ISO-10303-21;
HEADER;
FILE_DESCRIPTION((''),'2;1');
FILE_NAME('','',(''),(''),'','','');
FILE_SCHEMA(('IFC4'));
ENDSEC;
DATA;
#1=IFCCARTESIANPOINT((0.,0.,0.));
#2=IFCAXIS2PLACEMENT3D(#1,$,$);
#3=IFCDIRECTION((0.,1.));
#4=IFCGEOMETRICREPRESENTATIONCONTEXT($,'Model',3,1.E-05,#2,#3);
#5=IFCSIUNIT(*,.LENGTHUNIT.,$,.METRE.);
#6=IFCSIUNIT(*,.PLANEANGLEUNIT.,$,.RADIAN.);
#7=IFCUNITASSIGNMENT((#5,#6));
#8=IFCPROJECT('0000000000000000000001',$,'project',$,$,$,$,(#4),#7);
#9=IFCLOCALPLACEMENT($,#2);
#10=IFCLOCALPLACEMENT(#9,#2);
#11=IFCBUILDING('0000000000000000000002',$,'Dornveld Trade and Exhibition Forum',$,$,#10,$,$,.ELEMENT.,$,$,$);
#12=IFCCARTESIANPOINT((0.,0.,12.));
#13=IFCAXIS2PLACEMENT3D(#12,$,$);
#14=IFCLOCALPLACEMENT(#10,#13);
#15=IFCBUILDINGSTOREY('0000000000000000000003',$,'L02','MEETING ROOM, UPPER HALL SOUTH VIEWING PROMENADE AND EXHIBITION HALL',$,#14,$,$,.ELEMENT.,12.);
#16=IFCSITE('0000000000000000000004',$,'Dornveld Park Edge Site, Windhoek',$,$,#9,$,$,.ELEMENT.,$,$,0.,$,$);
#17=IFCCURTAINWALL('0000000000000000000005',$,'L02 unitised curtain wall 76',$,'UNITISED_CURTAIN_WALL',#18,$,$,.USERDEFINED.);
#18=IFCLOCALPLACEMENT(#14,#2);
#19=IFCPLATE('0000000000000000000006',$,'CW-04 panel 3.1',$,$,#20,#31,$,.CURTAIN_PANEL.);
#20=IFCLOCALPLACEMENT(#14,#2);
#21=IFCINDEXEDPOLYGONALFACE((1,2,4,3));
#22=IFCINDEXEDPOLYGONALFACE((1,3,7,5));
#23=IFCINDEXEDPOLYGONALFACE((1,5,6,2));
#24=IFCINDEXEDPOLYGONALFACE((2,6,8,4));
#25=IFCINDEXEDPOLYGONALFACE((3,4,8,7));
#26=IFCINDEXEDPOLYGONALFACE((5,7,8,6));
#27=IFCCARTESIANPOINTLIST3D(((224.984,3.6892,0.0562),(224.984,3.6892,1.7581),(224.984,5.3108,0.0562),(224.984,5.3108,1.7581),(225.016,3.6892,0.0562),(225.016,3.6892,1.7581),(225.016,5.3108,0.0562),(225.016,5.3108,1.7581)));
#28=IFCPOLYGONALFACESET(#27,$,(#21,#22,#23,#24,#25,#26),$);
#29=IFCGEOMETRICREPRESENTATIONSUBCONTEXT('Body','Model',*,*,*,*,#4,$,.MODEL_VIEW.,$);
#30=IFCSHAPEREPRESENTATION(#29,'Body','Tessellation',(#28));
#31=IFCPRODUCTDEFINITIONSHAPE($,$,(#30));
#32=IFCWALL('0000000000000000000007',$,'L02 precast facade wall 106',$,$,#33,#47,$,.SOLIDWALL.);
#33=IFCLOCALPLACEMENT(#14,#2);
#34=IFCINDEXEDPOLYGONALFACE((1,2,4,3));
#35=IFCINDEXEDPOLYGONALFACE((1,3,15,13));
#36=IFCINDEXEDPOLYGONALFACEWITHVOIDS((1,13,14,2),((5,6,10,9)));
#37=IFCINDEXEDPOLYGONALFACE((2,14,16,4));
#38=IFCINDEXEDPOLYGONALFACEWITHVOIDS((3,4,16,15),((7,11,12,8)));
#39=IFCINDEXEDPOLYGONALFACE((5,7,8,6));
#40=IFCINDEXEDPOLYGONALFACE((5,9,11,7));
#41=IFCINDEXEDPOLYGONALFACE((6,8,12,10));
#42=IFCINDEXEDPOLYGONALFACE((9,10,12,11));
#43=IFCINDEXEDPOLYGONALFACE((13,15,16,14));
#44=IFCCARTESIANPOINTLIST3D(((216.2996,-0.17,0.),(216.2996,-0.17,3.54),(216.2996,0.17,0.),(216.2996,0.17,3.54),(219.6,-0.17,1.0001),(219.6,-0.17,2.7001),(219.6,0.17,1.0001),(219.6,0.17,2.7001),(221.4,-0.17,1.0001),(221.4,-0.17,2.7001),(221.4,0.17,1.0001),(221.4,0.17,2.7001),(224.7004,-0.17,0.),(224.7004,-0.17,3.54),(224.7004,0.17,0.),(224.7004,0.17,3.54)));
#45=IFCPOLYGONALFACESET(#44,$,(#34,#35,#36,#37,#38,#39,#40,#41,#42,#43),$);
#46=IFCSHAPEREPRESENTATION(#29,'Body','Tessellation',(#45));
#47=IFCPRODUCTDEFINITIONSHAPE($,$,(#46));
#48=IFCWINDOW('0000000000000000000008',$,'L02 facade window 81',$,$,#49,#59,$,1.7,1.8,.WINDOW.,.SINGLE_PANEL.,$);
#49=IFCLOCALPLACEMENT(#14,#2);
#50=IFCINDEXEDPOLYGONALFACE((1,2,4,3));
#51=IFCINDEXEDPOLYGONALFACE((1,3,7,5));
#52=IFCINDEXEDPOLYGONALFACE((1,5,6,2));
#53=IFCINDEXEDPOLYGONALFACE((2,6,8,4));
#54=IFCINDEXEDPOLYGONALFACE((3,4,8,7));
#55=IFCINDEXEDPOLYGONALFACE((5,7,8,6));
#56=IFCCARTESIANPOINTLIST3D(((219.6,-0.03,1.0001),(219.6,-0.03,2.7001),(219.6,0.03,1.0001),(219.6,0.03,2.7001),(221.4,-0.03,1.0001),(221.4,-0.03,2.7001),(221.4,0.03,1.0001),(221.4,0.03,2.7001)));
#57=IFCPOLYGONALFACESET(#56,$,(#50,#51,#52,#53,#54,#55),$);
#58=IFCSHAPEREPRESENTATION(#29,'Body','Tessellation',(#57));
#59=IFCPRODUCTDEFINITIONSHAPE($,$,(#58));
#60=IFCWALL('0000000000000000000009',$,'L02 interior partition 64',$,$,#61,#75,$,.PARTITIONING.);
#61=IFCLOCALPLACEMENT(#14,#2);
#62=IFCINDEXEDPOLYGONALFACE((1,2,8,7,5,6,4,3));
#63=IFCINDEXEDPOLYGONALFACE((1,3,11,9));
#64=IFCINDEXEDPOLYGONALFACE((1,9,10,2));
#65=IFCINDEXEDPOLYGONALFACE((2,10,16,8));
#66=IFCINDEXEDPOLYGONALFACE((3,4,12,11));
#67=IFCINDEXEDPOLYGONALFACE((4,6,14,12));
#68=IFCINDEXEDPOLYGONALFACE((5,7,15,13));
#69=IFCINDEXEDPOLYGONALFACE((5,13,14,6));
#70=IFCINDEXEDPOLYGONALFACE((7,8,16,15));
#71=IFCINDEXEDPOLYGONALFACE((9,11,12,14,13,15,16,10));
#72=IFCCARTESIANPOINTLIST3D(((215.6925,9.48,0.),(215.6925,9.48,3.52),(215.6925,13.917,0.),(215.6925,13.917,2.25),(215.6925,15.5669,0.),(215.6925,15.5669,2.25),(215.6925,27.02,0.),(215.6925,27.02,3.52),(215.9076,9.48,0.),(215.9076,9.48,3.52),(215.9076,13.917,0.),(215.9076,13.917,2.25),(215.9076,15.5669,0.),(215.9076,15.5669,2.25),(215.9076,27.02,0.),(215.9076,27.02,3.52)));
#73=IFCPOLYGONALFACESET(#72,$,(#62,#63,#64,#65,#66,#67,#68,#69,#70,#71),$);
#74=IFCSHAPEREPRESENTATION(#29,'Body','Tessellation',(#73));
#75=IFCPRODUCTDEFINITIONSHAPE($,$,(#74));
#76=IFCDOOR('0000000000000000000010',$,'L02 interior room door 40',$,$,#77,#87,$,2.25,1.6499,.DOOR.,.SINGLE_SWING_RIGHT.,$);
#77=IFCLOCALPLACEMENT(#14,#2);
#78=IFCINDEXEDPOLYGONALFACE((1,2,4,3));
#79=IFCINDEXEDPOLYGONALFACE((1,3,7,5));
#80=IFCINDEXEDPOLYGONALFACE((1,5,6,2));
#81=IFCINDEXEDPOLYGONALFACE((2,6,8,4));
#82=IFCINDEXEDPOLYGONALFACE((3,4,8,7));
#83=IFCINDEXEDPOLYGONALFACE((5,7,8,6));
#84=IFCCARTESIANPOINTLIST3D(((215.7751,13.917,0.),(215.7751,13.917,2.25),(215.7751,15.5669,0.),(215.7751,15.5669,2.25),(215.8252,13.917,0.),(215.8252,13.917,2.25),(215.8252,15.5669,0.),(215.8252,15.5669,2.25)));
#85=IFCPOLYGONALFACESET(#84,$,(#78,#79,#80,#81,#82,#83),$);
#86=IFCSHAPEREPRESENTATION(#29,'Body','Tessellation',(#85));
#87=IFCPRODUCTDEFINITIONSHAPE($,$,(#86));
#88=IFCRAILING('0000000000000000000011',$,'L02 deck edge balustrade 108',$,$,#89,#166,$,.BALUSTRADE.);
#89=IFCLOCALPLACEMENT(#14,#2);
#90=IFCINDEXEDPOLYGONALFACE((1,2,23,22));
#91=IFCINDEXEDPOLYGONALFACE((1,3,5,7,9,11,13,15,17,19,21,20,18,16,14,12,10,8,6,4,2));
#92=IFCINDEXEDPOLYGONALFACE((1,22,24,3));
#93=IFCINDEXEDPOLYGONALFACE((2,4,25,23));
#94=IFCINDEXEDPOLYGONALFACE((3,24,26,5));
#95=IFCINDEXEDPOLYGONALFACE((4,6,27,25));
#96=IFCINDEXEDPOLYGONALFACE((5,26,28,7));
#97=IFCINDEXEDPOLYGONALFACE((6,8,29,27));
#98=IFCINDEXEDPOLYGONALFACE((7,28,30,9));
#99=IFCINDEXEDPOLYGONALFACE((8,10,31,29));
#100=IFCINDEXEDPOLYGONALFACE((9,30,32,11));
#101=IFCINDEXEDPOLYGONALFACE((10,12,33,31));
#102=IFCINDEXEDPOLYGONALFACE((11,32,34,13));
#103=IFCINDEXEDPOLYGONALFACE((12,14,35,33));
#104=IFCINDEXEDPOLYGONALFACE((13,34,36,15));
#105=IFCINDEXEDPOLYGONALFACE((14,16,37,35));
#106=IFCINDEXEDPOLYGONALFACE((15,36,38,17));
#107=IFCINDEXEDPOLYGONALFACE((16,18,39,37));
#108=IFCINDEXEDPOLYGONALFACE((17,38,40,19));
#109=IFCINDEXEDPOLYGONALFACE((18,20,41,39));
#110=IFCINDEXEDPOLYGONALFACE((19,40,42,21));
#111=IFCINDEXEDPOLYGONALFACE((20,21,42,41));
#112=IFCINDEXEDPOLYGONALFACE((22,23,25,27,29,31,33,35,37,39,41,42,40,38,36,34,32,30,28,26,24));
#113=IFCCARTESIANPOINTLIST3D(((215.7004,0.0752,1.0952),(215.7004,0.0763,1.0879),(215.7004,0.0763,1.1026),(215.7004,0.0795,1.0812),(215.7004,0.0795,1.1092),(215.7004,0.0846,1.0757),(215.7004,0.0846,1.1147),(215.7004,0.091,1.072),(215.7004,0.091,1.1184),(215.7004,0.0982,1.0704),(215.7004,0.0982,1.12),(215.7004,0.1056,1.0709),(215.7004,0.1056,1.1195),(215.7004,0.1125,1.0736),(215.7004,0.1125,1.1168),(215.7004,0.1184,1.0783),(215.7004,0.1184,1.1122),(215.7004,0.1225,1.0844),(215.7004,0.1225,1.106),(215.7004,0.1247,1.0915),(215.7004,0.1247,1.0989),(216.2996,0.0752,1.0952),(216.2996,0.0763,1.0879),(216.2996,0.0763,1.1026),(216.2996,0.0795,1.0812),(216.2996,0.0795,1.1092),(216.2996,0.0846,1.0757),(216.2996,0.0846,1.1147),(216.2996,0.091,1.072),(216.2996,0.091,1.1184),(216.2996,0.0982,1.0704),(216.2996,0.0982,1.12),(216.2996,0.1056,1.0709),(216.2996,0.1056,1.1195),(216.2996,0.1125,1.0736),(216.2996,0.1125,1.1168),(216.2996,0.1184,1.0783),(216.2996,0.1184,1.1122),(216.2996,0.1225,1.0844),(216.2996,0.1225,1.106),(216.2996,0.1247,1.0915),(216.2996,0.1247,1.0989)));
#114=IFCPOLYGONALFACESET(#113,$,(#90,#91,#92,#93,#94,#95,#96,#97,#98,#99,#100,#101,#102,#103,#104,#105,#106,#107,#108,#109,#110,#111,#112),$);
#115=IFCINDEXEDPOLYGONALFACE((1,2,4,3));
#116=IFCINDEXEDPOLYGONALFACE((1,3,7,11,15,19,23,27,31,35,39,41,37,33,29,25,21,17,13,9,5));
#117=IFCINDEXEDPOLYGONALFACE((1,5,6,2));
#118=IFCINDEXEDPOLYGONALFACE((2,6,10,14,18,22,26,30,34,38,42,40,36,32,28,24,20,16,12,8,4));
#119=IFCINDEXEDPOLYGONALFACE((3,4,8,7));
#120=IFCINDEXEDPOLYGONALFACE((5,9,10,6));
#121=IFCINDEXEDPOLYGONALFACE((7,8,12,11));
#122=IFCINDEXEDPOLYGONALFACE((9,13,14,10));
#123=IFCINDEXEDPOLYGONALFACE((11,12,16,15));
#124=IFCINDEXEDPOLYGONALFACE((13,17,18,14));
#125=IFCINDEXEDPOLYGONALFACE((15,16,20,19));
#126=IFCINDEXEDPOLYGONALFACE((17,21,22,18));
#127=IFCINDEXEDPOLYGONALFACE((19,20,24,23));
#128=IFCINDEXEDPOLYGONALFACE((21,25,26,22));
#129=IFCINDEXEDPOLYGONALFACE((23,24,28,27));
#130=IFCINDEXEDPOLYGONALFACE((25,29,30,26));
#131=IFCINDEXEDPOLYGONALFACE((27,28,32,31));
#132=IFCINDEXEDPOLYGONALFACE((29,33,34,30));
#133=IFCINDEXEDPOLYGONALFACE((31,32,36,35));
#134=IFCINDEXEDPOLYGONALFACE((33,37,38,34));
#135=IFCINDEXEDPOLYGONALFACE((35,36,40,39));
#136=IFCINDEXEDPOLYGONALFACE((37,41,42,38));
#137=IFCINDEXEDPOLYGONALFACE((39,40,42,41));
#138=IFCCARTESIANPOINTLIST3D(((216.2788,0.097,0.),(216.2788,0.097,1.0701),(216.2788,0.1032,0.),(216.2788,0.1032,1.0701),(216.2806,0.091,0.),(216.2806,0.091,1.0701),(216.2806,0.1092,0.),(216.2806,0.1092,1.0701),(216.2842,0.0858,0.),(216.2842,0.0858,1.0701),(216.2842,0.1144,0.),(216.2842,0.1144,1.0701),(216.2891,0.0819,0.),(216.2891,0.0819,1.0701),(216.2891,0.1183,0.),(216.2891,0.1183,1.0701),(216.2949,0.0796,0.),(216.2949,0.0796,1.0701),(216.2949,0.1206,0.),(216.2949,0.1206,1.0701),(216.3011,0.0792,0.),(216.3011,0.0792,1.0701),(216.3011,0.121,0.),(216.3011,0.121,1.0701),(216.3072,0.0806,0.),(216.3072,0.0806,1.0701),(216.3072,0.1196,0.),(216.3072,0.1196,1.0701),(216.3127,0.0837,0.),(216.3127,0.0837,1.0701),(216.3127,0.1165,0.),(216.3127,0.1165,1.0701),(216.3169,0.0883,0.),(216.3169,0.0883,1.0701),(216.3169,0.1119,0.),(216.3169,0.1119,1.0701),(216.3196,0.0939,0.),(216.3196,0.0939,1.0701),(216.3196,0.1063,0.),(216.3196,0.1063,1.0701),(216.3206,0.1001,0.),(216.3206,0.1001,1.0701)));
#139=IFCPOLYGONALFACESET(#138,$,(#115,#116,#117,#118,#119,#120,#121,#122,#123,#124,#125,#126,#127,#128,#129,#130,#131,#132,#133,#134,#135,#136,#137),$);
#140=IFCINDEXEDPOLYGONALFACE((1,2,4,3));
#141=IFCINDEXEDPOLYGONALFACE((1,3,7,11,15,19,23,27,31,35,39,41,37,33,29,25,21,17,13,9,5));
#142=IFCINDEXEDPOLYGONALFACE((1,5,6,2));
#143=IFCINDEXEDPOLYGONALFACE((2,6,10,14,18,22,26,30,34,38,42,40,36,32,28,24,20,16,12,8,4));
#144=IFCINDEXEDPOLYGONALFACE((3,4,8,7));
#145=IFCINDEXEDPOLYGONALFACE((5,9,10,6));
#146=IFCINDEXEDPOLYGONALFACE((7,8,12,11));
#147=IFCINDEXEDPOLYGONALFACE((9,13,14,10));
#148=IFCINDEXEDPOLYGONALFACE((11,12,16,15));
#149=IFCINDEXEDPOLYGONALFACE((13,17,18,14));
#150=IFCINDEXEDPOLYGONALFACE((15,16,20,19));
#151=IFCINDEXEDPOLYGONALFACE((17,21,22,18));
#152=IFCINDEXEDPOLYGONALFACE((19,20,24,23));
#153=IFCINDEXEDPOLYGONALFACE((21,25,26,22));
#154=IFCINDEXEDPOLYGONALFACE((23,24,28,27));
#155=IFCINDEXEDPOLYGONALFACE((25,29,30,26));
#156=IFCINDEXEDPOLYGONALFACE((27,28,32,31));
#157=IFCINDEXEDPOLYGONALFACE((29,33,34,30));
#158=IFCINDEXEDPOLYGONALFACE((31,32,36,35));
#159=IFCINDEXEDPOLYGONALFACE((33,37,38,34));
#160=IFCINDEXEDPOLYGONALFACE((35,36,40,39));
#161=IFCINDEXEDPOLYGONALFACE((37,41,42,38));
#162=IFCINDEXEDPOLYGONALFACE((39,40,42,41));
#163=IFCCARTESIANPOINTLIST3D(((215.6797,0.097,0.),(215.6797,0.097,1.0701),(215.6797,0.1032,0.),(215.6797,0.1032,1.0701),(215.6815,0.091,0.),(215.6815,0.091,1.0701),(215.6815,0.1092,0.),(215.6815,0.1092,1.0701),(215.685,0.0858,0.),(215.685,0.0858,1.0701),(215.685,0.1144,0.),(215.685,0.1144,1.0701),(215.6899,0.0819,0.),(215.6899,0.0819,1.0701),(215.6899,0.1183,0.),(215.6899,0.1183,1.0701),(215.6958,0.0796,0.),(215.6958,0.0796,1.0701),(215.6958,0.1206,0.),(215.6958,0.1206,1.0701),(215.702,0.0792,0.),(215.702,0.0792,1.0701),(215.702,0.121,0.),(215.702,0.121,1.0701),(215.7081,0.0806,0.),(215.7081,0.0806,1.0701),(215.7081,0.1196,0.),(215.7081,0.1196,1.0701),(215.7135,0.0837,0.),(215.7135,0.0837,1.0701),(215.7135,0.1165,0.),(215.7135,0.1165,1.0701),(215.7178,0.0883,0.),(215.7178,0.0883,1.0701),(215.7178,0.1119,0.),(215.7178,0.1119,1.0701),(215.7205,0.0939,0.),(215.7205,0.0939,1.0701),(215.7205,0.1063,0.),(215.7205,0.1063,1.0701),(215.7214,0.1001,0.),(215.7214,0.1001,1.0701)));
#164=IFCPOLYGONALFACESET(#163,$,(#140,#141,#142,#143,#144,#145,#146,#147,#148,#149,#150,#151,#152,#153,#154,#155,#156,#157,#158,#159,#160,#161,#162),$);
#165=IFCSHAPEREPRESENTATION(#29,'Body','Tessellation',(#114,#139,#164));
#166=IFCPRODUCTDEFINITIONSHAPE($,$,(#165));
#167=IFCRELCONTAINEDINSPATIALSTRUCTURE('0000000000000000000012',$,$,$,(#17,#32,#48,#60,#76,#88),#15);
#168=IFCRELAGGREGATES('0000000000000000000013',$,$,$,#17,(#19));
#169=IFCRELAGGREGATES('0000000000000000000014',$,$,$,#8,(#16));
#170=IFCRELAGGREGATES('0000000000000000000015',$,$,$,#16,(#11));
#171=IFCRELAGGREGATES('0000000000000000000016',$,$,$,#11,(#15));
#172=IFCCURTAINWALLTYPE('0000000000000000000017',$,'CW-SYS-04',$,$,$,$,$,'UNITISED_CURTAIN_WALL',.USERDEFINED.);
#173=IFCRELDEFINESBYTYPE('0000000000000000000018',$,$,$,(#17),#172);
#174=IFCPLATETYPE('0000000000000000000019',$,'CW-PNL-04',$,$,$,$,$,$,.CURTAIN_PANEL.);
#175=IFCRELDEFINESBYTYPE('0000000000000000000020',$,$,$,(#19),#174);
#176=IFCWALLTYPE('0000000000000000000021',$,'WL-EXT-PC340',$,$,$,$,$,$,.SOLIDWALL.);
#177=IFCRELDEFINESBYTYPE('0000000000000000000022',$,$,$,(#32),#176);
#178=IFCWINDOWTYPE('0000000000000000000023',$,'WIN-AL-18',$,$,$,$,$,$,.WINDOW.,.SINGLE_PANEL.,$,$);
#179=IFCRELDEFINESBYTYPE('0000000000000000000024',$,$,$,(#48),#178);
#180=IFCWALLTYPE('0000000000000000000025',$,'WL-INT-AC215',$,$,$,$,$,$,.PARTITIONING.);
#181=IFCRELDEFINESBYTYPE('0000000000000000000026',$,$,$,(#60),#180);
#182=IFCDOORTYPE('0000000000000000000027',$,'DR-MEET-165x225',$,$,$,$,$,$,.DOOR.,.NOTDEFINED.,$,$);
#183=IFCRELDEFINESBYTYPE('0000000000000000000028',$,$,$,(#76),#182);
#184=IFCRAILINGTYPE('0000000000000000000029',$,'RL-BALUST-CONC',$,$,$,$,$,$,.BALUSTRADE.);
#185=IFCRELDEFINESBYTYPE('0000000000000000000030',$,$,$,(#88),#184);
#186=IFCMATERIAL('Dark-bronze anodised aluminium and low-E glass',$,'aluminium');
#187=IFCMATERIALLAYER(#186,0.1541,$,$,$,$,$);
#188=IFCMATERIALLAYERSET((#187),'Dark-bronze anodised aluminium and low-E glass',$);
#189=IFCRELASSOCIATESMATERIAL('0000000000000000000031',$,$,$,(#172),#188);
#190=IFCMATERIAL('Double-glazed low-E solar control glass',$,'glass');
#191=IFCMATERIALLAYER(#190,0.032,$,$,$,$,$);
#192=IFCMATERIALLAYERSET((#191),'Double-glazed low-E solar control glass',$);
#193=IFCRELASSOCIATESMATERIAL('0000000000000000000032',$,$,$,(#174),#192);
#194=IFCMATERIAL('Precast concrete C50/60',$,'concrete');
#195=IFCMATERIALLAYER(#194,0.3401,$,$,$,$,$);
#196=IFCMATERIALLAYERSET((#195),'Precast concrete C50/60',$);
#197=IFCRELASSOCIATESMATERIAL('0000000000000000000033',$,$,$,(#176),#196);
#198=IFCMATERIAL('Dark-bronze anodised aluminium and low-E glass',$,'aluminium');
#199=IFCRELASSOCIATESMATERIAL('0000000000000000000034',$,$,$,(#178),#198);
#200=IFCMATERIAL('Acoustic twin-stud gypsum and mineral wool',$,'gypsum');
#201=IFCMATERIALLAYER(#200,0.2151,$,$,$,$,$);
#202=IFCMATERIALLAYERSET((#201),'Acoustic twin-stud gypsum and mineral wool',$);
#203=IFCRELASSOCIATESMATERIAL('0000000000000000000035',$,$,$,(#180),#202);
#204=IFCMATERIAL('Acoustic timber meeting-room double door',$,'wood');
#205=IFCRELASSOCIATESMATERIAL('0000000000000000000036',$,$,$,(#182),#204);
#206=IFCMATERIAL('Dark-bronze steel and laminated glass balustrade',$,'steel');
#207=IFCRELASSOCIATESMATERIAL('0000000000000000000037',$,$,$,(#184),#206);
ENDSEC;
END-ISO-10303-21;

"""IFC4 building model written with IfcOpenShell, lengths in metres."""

from ifc_helpers import new_model, si_unit, direction, frame, frame_2d, origin, origin_2d, place, context, subcontext, project, spatial, rectangle, circle, extrude, material, layer, layer_set, type_object, element, fill, aggregate, save


model = new_model("IFC4")

# Units and contexts
model_context = context("Model", 3, precision=1e-05, world=origin(), true_north=direction((0.0, 1.0)))
body_context = subcontext(model_context, "Body", "Model", "MODEL_VIEW")
ifc_project = project(units=[si_unit("LENGTHUNIT", "METRE"), si_unit("PLANEANGLEUNIT", "RADIAN")], contexts=[model_context])

# Site, building, storey
site_placement = place(None, origin())
site = spatial("IfcSite", under=ifc_project, at=site_placement, Name="Dornveld Park Edge Site, Windhoek", CompositionType="ELEMENT", RefElevation=0.0)
building_placement = place(site_placement, origin())
building = spatial("IfcBuilding", under=site, at=building_placement, Name="Dornveld Trade and Exhibition Forum", CompositionType="ELEMENT")
storey_placement = place(building_placement, frame((0.0, 0.0, 12.0)))
storey = spatial("IfcBuildingStorey", under=building, at=storey_placement, Name="L02", Description="MEETING ROOM, UPPER HALL SOUTH VIEWING PROMENADE AND EXHIBITION HALL", CompositionType="ELEMENT", Elevation=12.0)

# Curtain wall, plate
ifc_material_1 = material(Name="Dark-bronze anodised aluminium and low-E glass", Category="aluminium")
ifc_layer_1 = layer(ifc_material_1, 0.1541)
ifc_layer_set_1 = layer_set([ifc_layer_1], Name="Dark-bronze anodised aluminium and low-E glass")
curtain_wall_type = type_object("IfcCurtainWallType", Name="CW-SYS-04", ElementType="UNITISED_CURTAIN_WALL", PredefinedType="USERDEFINED", material=ifc_layer_set_1)
curtain_wall_placement = place(storey_placement, origin())
curtain_wall = element("IfcCurtainWall", 1, at=curtain_wall_placement, inside=storey, type_object=curtain_wall_type, Name="L02 unitised curtain wall 76", ObjectType="UNITISED_CURTAIN_WALL", PredefinedType="USERDEFINED")
ifc_material_2 = material(Name="Double-glazed low-E solar control glass", Category="glass")
ifc_layer_2 = layer(ifc_material_2, 0.032)
ifc_layer_set_2 = layer_set([ifc_layer_2], Name="Double-glazed low-E solar control glass")
plate_type = type_object("IfcPlateType", Name="CW-PNL-04", PredefinedType="CURTAIN_PANEL", material=ifc_layer_set_2)
plate_1_placement = place(storey_placement, frame((225.0, 4.5, 0.0562), z_axis=(0.0, 0.0, 1.0), x_axis=(0.0, 1.0, 0.0)))
plate_1 = element("IfcPlate", 2, at=plate_1_placement, type_object=plate_type, Name="CW-04 panel 3.1", PredefinedType="CURTAIN_PANEL", context=body_context, shape_type="SweptSolid", body=[
    extrude(rectangle(XDim=1.6216, YDim=0.032, at=origin_2d()), origin(), (0.0, 0.0, 1.0), 1.7019),
])
aggregate(curtain_wall, [plate_1])

# Wall, opening, window
ifc_material_3 = material(Name="Precast concrete C50/60", Category="concrete")
ifc_layer_3 = layer(ifc_material_3, 0.3401)
ifc_layer_set_3 = layer_set([ifc_layer_3], Name="Precast concrete C50/60")
wall_type_1 = type_object("IfcWallType", Name="WL-EXT-PC340", PredefinedType="SOLIDWALL", material=ifc_layer_set_3)
wall_1_placement = place(storey_placement, frame((216.2996, 0.0, 0.0), z_axis=(0.0, 0.0, 1.0), x_axis=(1.0, 0.0, 0.0)))
wall_1 = element("IfcWall", 3, at=wall_1_placement, inside=storey, type_object=wall_type_1, Name="L02 precast facade wall 106", PredefinedType="SOLIDWALL", context=body_context, shape_type="SweptSolid", body=[
    extrude(rectangle(XDim=8.4009, YDim=0.3401, at=frame_2d((4.2004, 0.0))), origin(), (0.0, 0.0, 1.0), 3.54),
])
opening_1_placement = place(wall_1_placement, frame((3.3005, 0.0, 1.0)))
opening_1 = element("IfcOpeningElement", 4, at=opening_1_placement, cuts=wall_1, PredefinedType="OPENING", context=body_context, shape_type="SweptSolid", body=[
    extrude(rectangle(XDim=1.8, YDim=1.7, at=frame_2d((0.8999, 0.8501))), frame((0.0, 0.1799, 0.0), z_axis=(0.0, -1.0, 0.0), x_axis=(1.0, 0.0, 0.0)), (0.0, 0.0, 1.0), 0.3601),
])
ifc_material_4 = material(Name="Dark-bronze anodised aluminium and low-E glass", Category="aluminium")
window_type = type_object("IfcWindowType", Name="WIN-AL-18", PartitioningType="SINGLE_PANEL", PredefinedType="WINDOW", material=ifc_material_4)
window_placement = place(opening_1_placement, origin())
window = element("IfcWindow", 5, at=window_placement, inside=storey, type_object=window_type, Name="L02 facade window 81", OverallHeight=1.7, OverallWidth=1.8, PartitioningType="SINGLE_PANEL", PredefinedType="WINDOW", context=body_context, shape_type="SweptSolid", body=[
    extrude(rectangle(XDim=1.8, YDim=1.7, at=frame_2d((0.8999, 0.8501))), frame((0.0, 0.03, 0.0), z_axis=(0.0, -1.0, 0.0), x_axis=(1.0, 0.0, 0.0)), (0.0, 0.0, 1.0), 0.0601),
])
fill(opening_1, window)

# Wall, opening, door
ifc_material_5 = material(Name="Acoustic twin-stud gypsum and mineral wool", Category="gypsum")
ifc_layer_4 = layer(ifc_material_5, 0.2151)
ifc_layer_set_4 = layer_set([ifc_layer_4], Name="Acoustic twin-stud gypsum and mineral wool")
wall_type_2 = type_object("IfcWallType", Name="WL-INT-AC215", PredefinedType="PARTITIONING", material=ifc_layer_set_4)
wall_2_placement = place(storey_placement, frame((215.8, 9.48, 0.0), z_axis=(0.0, 0.0, 1.0), x_axis=(0.0, 1.0, 0.0)))
wall_2 = element("IfcWall", 6, at=wall_2_placement, inside=storey, type_object=wall_type_2, Name="L02 interior partition 64", PredefinedType="PARTITIONING", context=body_context, shape_type="SweptSolid", body=[
    extrude(rectangle(XDim=17.54, YDim=0.2151, at=frame_2d((8.77, 0.0))), origin(), (0.0, 0.0, 1.0), 3.52),
])
opening_2_placement = place(wall_2_placement, frame((4.437, 0.0, 0.0)))
opening_2 = element("IfcOpeningElement", 7, at=opening_2_placement, cuts=wall_2, PredefinedType="OPENING", context=body_context, shape_type="SweptSolid", body=[
    extrude(rectangle(XDim=1.6499, YDim=2.25, at=frame_2d((0.825, 1.125))), frame((0.0, 0.1174, 0.0), z_axis=(0.0, -1.0, 0.0), x_axis=(1.0, 0.0, 0.0)), (0.0, 0.0, 1.0), 0.2351),
])
ifc_material_6 = material(Name="Acoustic timber meeting-room double door", Category="wood")
door_type = type_object("IfcDoorType", Name="DR-MEET-165x225", OperationType="NOTDEFINED", PredefinedType="DOOR", material=ifc_material_6)
door_placement = place(opening_2_placement, origin())
door = element("IfcDoor", 8, at=door_placement, inside=storey, type_object=door_type, Name="L02 interior room door 40", OperationType="SINGLE_SWING_RIGHT", OverallHeight=2.25, OverallWidth=1.6499, PredefinedType="DOOR", context=body_context, shape_type="SweptSolid", body=[
    extrude(rectangle(XDim=1.6499, YDim=2.25, at=frame_2d((0.825, 1.125))), frame((0.0, 0.0249, 0.0), z_axis=(0.0, -1.0, 0.0), x_axis=(1.0, 0.0, 0.0)), (0.0, 0.0, 1.0), 0.05),
])
fill(opening_2, door)

# Railing
ifc_material_7 = material(Name="Dark-bronze steel and laminated glass balustrade", Category="steel")
railing_type = type_object("IfcRailingType", Name="RL-BALUST-CONC", PredefinedType="BALUSTRADE", material=ifc_material_7)
railing_placement = place(storey_placement, frame((216.2996, 0.1001, 0.0)))
element("IfcRailing", 9, at=railing_placement, inside=storey, type_object=railing_type, Name="L02 deck edge balustrade 108", PredefinedType="BALUSTRADE", context=body_context, shape_type="SweptSolid", body=[
    extrude(circle(Radius=0.0249, at=origin_2d()), frame((0.0, 0.0, 1.0952), z_axis=(-1.0, 0.0, 0.0), x_axis=(0.0, -1.0, 0.0)), (0.0, 0.0, 1.0), 0.5991),
    extrude(circle(Radius=0.021, at=origin_2d()), origin(), (0.0, 0.0, 1.0), 1.0701),
    extrude(circle(Radius=0.021, at=origin_2d()), frame((-0.5991, 0.0, 0.0)), (0.0, 0.0, 1.0), 1.0701),
])

save(model, "model.ifc")
